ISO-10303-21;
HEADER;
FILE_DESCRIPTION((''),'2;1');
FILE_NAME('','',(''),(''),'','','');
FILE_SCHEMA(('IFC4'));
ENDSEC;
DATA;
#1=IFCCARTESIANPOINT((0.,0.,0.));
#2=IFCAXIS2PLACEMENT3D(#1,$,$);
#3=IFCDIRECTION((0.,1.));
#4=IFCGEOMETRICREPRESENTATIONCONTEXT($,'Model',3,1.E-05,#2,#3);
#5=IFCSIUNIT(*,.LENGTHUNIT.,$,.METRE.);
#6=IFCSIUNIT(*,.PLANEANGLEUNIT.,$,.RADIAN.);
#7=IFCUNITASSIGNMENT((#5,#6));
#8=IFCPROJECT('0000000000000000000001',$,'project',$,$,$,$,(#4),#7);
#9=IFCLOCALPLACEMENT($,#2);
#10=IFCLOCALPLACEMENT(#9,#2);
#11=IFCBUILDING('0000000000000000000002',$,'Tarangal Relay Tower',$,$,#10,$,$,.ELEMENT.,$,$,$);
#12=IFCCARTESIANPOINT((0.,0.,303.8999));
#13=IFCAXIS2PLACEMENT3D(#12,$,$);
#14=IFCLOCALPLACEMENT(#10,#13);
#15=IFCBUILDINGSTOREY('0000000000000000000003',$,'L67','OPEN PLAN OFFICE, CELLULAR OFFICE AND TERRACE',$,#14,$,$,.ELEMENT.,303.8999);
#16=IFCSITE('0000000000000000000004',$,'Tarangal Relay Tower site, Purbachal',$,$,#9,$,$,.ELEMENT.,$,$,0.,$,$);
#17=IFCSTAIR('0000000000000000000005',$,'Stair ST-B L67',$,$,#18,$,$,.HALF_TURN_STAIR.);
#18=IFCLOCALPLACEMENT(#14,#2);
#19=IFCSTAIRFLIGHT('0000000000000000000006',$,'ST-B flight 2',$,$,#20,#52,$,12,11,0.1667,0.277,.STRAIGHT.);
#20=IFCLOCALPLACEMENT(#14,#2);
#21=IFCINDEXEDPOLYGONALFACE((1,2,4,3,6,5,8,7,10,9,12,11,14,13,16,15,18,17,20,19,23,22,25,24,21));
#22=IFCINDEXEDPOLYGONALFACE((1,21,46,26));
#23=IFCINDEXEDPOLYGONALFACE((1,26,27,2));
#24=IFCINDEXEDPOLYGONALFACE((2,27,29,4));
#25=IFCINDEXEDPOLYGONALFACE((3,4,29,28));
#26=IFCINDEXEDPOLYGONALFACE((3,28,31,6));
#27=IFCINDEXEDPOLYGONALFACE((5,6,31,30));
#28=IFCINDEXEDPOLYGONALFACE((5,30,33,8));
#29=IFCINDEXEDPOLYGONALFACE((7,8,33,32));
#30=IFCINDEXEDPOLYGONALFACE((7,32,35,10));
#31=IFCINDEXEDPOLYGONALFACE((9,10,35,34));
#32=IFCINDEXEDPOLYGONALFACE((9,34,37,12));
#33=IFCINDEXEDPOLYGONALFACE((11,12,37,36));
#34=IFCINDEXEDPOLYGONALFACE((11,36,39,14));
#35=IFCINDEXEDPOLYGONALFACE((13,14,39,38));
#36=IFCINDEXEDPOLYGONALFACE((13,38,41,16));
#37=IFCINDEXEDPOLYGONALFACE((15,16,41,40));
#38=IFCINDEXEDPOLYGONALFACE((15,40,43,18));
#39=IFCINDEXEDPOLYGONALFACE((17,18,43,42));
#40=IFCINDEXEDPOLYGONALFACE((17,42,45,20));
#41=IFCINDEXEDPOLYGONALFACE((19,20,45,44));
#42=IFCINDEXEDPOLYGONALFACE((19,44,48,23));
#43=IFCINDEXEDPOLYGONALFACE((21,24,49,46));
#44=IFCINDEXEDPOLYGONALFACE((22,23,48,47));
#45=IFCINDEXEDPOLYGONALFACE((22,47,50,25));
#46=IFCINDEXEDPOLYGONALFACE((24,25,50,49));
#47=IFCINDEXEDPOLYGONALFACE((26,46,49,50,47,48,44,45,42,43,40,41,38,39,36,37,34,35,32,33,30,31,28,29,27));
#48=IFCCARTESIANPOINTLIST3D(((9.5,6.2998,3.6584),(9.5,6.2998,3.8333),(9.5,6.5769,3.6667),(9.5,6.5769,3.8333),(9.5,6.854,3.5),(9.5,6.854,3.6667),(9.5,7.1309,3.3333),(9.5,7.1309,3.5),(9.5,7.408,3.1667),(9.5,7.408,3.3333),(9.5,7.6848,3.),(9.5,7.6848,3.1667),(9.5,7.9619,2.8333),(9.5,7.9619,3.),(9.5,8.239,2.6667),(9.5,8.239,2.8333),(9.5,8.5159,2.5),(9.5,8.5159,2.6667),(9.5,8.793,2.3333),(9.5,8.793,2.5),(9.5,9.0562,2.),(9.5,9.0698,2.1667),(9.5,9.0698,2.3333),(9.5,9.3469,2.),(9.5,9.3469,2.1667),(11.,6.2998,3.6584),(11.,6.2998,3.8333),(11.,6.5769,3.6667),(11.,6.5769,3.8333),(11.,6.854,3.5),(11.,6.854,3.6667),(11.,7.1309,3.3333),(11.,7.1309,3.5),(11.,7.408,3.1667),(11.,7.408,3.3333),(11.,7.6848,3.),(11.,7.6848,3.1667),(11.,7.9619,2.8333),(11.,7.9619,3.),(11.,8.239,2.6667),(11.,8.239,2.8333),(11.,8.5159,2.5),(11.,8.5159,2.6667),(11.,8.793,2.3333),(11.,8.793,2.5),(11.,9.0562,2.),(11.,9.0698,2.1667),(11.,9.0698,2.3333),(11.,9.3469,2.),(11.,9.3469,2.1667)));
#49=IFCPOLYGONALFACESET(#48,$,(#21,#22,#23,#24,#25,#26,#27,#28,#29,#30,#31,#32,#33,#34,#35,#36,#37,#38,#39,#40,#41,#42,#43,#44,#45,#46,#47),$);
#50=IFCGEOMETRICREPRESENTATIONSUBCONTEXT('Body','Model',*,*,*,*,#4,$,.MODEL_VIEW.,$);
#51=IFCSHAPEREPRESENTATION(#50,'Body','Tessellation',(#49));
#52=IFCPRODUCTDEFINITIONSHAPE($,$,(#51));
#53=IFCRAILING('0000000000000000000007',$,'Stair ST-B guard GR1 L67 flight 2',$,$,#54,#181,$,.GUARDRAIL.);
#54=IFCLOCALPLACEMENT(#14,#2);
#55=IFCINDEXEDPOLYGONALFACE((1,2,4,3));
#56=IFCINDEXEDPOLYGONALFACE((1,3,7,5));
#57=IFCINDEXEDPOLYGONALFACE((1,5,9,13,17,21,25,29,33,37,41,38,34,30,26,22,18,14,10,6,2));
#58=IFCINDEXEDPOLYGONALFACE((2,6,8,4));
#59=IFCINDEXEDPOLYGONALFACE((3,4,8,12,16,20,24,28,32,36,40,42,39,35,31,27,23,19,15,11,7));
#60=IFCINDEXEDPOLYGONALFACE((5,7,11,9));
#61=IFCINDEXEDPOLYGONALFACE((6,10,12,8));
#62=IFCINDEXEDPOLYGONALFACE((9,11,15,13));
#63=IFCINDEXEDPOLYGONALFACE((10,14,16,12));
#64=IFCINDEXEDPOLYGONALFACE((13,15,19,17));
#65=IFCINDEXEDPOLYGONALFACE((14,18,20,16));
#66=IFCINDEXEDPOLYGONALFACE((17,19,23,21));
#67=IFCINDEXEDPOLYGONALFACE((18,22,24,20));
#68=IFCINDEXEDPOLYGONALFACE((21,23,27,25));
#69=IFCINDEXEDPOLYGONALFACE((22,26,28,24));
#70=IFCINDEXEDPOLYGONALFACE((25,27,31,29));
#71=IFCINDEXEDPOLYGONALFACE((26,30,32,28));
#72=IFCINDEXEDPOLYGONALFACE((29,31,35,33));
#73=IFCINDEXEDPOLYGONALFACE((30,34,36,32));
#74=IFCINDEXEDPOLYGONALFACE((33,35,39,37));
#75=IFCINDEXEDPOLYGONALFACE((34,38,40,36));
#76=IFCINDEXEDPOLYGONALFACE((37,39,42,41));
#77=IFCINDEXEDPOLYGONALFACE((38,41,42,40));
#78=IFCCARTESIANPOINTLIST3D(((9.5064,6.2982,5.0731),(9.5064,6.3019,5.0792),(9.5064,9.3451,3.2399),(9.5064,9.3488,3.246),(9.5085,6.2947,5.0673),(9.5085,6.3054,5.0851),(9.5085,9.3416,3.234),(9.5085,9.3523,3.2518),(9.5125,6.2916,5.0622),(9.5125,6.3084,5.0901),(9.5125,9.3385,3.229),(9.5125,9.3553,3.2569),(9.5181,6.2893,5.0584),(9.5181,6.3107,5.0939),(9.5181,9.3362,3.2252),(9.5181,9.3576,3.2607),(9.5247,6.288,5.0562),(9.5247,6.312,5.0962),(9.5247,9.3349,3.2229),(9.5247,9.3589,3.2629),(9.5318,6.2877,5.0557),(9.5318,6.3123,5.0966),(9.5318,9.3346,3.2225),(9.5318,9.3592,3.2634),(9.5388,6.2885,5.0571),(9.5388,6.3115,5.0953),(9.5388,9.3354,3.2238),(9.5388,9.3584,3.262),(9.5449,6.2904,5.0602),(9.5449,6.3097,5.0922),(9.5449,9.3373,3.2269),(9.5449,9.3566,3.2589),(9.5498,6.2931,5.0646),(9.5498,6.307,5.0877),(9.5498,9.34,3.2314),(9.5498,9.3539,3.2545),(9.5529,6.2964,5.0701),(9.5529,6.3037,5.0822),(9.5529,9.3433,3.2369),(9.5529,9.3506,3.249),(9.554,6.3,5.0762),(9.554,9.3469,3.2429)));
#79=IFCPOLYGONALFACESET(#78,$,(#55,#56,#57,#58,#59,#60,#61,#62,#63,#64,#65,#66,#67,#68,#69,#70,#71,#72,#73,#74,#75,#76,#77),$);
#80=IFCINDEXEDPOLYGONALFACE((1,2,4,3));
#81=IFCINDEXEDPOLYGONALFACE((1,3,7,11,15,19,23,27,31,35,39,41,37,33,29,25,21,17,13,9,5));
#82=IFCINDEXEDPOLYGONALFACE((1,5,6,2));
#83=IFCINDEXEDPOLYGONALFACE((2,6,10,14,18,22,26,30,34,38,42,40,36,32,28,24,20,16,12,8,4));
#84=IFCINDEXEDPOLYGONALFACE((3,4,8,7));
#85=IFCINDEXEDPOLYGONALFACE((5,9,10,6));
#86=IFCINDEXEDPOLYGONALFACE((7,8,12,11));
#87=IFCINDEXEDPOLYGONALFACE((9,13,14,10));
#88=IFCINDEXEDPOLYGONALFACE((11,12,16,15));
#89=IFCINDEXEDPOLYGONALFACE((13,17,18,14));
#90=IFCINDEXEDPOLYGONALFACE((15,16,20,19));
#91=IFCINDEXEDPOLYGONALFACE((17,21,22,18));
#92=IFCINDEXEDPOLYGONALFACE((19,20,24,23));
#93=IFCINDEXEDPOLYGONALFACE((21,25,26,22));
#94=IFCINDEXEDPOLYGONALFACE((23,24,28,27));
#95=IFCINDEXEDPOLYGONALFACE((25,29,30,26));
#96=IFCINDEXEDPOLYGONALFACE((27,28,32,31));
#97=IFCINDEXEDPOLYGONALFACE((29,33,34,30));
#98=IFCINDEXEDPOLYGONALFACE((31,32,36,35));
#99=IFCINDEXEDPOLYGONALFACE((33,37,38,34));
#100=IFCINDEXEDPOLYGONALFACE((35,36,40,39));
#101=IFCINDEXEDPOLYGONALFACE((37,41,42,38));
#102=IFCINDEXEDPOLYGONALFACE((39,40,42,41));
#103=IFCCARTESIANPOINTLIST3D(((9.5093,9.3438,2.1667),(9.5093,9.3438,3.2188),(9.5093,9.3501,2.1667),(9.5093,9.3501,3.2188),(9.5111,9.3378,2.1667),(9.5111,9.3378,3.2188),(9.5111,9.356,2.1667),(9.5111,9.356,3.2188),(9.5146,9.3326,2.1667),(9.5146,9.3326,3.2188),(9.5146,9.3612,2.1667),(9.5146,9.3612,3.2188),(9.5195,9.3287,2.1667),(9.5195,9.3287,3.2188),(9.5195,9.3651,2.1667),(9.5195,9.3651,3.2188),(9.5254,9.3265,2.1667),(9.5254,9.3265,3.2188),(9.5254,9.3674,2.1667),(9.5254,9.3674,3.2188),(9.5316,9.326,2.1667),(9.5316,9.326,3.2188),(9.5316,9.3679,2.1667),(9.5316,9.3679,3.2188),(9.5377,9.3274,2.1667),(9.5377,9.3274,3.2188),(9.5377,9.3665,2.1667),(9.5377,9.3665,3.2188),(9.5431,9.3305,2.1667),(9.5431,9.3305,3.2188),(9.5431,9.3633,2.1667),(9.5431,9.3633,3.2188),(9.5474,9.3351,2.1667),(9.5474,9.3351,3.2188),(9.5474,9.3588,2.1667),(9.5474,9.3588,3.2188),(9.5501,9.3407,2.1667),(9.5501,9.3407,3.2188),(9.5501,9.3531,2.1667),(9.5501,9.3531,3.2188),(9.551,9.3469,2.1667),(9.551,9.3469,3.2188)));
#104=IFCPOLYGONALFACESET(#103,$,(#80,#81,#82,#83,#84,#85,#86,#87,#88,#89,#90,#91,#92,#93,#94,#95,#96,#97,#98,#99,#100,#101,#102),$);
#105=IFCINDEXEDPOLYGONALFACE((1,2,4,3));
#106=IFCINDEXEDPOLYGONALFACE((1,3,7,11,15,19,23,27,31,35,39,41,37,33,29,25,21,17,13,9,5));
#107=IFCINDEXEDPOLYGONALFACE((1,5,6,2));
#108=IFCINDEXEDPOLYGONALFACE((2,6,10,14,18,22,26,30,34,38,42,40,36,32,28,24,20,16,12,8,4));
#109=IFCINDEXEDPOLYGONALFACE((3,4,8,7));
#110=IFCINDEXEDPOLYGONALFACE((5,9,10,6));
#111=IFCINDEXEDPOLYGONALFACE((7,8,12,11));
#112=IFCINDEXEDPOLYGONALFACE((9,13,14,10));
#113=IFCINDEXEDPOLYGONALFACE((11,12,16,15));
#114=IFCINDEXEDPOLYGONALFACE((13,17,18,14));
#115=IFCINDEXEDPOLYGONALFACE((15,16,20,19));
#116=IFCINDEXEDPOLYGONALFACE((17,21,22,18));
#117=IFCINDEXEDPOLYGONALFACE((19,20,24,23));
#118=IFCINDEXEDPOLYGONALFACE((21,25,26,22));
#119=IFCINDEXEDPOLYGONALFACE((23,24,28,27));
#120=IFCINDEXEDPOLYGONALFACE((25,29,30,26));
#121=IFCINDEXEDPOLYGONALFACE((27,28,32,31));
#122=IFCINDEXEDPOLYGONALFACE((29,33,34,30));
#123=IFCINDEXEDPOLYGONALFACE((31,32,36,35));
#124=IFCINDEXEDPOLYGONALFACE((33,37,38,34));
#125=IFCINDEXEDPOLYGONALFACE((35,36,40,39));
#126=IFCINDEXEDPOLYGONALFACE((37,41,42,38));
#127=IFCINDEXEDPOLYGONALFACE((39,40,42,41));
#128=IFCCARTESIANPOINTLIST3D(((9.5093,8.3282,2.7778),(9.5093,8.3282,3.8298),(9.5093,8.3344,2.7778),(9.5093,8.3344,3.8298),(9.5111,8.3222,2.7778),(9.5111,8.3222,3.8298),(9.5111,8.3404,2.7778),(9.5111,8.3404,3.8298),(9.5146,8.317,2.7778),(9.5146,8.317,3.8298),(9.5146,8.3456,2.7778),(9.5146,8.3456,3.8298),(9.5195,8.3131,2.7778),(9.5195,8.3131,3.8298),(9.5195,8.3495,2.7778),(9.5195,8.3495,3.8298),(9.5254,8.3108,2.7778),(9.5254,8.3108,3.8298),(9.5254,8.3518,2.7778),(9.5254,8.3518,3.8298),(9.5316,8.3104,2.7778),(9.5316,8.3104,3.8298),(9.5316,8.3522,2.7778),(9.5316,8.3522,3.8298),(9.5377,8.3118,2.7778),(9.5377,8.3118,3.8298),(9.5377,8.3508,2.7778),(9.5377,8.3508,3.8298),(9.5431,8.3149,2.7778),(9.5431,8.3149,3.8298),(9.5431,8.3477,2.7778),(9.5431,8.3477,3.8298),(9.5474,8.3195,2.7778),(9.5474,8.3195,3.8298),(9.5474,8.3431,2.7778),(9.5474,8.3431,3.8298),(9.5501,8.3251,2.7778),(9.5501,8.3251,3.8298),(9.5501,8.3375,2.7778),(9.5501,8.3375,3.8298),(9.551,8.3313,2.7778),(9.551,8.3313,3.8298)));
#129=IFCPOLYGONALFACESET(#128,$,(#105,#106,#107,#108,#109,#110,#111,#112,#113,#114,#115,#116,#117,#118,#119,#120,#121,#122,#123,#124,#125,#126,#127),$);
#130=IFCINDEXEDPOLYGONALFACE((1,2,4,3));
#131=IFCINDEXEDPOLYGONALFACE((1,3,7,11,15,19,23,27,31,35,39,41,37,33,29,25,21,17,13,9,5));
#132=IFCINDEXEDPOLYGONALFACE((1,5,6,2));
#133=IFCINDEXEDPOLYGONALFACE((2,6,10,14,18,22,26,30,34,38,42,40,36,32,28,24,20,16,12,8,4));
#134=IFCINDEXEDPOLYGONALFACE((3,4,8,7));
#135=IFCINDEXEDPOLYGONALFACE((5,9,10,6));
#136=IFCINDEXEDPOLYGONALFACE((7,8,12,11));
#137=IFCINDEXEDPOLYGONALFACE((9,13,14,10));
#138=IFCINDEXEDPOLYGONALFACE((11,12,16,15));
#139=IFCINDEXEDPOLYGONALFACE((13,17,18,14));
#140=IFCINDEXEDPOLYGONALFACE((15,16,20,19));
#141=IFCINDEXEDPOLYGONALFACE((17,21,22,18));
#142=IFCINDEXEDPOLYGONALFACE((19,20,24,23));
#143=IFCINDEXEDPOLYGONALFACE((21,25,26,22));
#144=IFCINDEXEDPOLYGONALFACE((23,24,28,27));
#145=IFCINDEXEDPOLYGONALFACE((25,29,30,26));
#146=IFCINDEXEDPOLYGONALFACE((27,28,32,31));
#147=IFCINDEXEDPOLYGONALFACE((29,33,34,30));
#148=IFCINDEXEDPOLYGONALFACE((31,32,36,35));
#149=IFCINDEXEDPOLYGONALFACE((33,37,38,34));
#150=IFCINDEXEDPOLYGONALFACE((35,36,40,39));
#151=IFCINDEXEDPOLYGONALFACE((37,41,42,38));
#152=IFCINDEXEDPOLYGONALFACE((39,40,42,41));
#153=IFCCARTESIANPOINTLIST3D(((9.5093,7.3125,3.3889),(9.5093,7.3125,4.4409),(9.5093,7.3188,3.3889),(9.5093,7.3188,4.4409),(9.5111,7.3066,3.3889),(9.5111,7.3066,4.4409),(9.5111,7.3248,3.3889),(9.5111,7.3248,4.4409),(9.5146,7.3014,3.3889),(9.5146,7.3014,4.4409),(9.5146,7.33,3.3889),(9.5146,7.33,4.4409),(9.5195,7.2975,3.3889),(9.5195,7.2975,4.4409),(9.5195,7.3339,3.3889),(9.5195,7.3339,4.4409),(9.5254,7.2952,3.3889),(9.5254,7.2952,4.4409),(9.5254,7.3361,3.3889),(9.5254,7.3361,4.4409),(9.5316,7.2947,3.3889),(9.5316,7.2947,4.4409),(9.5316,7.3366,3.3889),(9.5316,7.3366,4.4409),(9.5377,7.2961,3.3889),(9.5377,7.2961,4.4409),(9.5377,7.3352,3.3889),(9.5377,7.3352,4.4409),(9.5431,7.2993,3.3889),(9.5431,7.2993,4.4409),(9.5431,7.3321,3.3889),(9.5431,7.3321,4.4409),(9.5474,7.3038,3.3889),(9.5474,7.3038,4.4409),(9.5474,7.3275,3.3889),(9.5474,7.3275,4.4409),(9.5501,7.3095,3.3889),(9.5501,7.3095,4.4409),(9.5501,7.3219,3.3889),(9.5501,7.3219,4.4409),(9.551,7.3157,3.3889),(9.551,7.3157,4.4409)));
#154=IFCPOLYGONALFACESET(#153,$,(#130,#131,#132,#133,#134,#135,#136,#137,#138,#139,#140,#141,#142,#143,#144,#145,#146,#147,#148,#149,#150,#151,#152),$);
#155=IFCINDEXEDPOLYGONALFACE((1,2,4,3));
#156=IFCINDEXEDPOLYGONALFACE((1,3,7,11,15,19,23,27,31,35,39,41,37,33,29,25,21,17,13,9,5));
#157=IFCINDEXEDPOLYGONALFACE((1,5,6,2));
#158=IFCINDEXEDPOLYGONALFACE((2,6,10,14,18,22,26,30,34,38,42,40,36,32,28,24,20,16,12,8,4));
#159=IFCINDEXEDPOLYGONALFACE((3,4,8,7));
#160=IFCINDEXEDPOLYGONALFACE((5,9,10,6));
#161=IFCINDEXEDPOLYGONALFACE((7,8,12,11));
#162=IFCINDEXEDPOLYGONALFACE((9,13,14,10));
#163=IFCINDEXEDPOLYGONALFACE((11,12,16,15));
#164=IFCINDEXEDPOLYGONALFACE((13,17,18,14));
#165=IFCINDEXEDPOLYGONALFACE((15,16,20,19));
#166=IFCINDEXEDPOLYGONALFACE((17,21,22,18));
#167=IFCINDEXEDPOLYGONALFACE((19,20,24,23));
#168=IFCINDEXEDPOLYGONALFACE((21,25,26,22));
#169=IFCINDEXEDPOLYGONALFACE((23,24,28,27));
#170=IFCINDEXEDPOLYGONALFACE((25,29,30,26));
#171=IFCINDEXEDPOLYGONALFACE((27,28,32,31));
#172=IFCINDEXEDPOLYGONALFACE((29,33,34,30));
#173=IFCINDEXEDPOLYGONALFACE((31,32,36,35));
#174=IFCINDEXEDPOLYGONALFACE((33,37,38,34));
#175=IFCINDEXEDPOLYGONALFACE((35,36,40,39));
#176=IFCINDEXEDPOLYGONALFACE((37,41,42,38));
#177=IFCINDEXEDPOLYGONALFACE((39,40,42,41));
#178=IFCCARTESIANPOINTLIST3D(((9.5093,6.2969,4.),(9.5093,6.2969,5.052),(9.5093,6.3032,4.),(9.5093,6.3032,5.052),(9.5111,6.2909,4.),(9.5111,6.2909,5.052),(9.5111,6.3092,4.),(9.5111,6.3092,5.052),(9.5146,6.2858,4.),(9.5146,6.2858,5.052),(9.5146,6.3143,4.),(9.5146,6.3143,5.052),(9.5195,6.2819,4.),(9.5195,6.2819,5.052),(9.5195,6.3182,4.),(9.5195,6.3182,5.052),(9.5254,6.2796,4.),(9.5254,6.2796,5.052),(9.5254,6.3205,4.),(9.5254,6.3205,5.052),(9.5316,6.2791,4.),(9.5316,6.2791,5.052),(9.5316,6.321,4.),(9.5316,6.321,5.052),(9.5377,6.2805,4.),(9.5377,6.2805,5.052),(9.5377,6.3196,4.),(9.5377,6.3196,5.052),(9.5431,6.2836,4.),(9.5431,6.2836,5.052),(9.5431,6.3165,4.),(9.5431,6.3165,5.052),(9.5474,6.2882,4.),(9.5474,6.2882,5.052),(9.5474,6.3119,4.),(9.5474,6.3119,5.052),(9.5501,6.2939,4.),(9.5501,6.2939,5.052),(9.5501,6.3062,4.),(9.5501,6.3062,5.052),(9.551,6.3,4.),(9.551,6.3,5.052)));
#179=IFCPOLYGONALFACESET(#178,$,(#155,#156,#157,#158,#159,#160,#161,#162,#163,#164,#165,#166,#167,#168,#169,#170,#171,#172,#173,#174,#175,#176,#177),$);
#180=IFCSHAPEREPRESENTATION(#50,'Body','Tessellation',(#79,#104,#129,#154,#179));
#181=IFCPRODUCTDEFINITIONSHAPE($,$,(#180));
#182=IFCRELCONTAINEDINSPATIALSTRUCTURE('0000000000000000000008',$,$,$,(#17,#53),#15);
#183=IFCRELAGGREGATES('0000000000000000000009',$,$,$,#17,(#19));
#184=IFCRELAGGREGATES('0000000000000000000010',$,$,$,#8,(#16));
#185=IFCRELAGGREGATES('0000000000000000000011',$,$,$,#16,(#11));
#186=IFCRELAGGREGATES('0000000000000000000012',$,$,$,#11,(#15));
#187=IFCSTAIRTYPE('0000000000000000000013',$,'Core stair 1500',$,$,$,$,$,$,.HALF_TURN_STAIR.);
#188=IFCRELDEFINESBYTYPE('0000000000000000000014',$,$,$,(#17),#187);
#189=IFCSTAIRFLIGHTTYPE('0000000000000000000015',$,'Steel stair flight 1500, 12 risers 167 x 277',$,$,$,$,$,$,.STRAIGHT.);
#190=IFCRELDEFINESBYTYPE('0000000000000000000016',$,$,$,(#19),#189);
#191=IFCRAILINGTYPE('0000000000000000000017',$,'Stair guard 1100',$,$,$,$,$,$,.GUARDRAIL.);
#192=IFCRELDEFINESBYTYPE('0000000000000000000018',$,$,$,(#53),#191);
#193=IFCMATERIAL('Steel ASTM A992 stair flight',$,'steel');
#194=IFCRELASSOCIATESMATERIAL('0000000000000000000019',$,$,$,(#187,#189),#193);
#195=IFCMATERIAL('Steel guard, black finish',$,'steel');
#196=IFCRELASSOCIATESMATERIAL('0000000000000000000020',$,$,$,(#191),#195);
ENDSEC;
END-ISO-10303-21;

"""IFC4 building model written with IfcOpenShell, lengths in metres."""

from ifc_helpers import new_model, si_unit, direction, frame, origin, origin_2d, place, context, subcontext, project, spatial, polyline, circle, outline, extrude, material, type_object, element, aggregate, save


model = new_model("IFC4")

# Units and contexts
model_context = context("Model", 3, precision=1e-05, world=origin(), true_north=direction((0.0, 1.0)))
body_context = subcontext(model_context, "Body", "Model", "MODEL_VIEW")
ifc_project = project(units=[si_unit("LENGTHUNIT", "METRE"), si_unit("PLANEANGLEUNIT", "RADIAN")], contexts=[model_context])

# Site, building, storey
site_placement = place(None, origin())
site = spatial("IfcSite", under=ifc_project, at=site_placement, Name="Tarangal Relay Tower site, Purbachal", CompositionType="ELEMENT", RefElevation=0.0)
building_placement = place(site_placement, origin())
building = spatial("IfcBuilding", under=site, at=building_placement, Name="Tarangal Relay Tower", CompositionType="ELEMENT")
storey_placement = place(building_placement, frame((0.0, 0.0, 303.8999)))
storey = spatial("IfcBuildingStorey", under=building, at=storey_placement, Name="L67", Description="OPEN PLAN OFFICE, CELLULAR OFFICE AND TERRACE", CompositionType="ELEMENT", Elevation=303.8999)

# Stair, stair flight
ifc_material_1 = material(Name="Steel ASTM A992 stair flight", Category="steel")
stair_type = type_object("IfcStairType", Name="Core stair 1500", PredefinedType="HALF_TURN_STAIR", material=ifc_material_1)
stair_placement = place(storey_placement, origin())
stair = element("IfcStair", 1, at=stair_placement, inside=storey, type_object=stair_type, Name="Stair ST-B L67", PredefinedType="HALF_TURN_STAIR")
stair_flight_type = type_object("IfcStairFlightType", Name="Steel stair flight 1500, 12 risers 167 x 277", PredefinedType="STRAIGHT", material=ifc_material_1)
stair_flight_placement = place(storey_placement, frame((10.25, 9.3469, 2.0), z_axis=(0.0, 0.0, 1.0), x_axis=(0.0, -1.0, 0.0)))
stair_flight = element("IfcStairFlight", 2, at=stair_flight_placement, type_object=stair_flight_type, Name="ST-B flight 2", NumberOfRisers=12, NumberOfTreads=11, PredefinedType="STRAIGHT", RiserHeight=0.1667, TreadLength=0.277, context=body_context, shape_type="SweptSolid", body=[
    extrude(outline(polyline([(0.0, 0.0), (0.0, 0.1667), (0.2771, 0.1667), (0.2771, 0.3333), (0.554, 0.3333), (0.554, 0.5), (0.8311, 0.5), (0.8311, 0.6667), (1.1079, 0.6667), (1.1079, 0.8333), (1.385, 0.8333), (1.385, 1.0), (1.6621, 1.0), (1.6621, 1.1667), (1.939, 1.1667), (1.939, 1.3333), (2.2161, 1.3333), (2.2161, 1.5), (2.4929, 1.5), (2.4929, 1.6667), (2.77, 1.6667), (2.77, 1.8333), (3.0471, 1.8333), (3.0471, 2.0), (3.0471, 1.6584), (0.2908, 0.0), (0.0, 0.0)])), frame((0.0, 0.75, 0.0), z_axis=(0.0, -1.0, 0.0), x_axis=(1.0, 0.0, 0.0)), (0.0, 0.0, 1.0), 1.5),
])
aggregate(stair, [stair_flight])

# Railing
ifc_material_2 = material(Name="Steel guard, black finish", Category="steel")
railing_type = type_object("IfcRailingType", Name="Stair guard 1100", PredefinedType="GUARDRAIL", material=ifc_material_2)
railing_1_placement = place(storey_placement, frame((9.53, 9.3469, 2.1667)))
element("IfcRailing", 3, at=railing_1_placement, inside=storey, type_object=railing_type, Name="Stair ST-B guard GR1 L67 flight 2", PredefinedType="GUARDRAIL", context=body_context, shape_type="SweptSolid", body=[
    extrude(circle(Radius=0.0239, at=origin_2d()), frame((0.0, 0.0, 1.0762), z_axis=(0.0, -0.856856, 0.515556), x_axis=(1.0, 0.0, 0.0)), (0.0, 0.0, 1.0), 3.5559),
    extrude(circle(Radius=0.021, at=origin_2d()), origin(), (0.0, 0.0, 1.0), 1.052),
    extrude(circle(Radius=0.021, at=origin_2d()), frame((0.0, -1.0156, 0.6111)), (0.0, 0.0, 1.0), 1.052),
    extrude(circle(Radius=0.021, at=origin_2d()), frame((0.0, -2.0312, 1.2222)), (0.0, 0.0, 1.0), 1.052),
    extrude(circle(Radius=0.021, at=origin_2d()), frame((0.0, -3.0469, 1.8333)), (0.0, 0.0, 1.0), 1.052),
])

save(model, "model.ifc")
